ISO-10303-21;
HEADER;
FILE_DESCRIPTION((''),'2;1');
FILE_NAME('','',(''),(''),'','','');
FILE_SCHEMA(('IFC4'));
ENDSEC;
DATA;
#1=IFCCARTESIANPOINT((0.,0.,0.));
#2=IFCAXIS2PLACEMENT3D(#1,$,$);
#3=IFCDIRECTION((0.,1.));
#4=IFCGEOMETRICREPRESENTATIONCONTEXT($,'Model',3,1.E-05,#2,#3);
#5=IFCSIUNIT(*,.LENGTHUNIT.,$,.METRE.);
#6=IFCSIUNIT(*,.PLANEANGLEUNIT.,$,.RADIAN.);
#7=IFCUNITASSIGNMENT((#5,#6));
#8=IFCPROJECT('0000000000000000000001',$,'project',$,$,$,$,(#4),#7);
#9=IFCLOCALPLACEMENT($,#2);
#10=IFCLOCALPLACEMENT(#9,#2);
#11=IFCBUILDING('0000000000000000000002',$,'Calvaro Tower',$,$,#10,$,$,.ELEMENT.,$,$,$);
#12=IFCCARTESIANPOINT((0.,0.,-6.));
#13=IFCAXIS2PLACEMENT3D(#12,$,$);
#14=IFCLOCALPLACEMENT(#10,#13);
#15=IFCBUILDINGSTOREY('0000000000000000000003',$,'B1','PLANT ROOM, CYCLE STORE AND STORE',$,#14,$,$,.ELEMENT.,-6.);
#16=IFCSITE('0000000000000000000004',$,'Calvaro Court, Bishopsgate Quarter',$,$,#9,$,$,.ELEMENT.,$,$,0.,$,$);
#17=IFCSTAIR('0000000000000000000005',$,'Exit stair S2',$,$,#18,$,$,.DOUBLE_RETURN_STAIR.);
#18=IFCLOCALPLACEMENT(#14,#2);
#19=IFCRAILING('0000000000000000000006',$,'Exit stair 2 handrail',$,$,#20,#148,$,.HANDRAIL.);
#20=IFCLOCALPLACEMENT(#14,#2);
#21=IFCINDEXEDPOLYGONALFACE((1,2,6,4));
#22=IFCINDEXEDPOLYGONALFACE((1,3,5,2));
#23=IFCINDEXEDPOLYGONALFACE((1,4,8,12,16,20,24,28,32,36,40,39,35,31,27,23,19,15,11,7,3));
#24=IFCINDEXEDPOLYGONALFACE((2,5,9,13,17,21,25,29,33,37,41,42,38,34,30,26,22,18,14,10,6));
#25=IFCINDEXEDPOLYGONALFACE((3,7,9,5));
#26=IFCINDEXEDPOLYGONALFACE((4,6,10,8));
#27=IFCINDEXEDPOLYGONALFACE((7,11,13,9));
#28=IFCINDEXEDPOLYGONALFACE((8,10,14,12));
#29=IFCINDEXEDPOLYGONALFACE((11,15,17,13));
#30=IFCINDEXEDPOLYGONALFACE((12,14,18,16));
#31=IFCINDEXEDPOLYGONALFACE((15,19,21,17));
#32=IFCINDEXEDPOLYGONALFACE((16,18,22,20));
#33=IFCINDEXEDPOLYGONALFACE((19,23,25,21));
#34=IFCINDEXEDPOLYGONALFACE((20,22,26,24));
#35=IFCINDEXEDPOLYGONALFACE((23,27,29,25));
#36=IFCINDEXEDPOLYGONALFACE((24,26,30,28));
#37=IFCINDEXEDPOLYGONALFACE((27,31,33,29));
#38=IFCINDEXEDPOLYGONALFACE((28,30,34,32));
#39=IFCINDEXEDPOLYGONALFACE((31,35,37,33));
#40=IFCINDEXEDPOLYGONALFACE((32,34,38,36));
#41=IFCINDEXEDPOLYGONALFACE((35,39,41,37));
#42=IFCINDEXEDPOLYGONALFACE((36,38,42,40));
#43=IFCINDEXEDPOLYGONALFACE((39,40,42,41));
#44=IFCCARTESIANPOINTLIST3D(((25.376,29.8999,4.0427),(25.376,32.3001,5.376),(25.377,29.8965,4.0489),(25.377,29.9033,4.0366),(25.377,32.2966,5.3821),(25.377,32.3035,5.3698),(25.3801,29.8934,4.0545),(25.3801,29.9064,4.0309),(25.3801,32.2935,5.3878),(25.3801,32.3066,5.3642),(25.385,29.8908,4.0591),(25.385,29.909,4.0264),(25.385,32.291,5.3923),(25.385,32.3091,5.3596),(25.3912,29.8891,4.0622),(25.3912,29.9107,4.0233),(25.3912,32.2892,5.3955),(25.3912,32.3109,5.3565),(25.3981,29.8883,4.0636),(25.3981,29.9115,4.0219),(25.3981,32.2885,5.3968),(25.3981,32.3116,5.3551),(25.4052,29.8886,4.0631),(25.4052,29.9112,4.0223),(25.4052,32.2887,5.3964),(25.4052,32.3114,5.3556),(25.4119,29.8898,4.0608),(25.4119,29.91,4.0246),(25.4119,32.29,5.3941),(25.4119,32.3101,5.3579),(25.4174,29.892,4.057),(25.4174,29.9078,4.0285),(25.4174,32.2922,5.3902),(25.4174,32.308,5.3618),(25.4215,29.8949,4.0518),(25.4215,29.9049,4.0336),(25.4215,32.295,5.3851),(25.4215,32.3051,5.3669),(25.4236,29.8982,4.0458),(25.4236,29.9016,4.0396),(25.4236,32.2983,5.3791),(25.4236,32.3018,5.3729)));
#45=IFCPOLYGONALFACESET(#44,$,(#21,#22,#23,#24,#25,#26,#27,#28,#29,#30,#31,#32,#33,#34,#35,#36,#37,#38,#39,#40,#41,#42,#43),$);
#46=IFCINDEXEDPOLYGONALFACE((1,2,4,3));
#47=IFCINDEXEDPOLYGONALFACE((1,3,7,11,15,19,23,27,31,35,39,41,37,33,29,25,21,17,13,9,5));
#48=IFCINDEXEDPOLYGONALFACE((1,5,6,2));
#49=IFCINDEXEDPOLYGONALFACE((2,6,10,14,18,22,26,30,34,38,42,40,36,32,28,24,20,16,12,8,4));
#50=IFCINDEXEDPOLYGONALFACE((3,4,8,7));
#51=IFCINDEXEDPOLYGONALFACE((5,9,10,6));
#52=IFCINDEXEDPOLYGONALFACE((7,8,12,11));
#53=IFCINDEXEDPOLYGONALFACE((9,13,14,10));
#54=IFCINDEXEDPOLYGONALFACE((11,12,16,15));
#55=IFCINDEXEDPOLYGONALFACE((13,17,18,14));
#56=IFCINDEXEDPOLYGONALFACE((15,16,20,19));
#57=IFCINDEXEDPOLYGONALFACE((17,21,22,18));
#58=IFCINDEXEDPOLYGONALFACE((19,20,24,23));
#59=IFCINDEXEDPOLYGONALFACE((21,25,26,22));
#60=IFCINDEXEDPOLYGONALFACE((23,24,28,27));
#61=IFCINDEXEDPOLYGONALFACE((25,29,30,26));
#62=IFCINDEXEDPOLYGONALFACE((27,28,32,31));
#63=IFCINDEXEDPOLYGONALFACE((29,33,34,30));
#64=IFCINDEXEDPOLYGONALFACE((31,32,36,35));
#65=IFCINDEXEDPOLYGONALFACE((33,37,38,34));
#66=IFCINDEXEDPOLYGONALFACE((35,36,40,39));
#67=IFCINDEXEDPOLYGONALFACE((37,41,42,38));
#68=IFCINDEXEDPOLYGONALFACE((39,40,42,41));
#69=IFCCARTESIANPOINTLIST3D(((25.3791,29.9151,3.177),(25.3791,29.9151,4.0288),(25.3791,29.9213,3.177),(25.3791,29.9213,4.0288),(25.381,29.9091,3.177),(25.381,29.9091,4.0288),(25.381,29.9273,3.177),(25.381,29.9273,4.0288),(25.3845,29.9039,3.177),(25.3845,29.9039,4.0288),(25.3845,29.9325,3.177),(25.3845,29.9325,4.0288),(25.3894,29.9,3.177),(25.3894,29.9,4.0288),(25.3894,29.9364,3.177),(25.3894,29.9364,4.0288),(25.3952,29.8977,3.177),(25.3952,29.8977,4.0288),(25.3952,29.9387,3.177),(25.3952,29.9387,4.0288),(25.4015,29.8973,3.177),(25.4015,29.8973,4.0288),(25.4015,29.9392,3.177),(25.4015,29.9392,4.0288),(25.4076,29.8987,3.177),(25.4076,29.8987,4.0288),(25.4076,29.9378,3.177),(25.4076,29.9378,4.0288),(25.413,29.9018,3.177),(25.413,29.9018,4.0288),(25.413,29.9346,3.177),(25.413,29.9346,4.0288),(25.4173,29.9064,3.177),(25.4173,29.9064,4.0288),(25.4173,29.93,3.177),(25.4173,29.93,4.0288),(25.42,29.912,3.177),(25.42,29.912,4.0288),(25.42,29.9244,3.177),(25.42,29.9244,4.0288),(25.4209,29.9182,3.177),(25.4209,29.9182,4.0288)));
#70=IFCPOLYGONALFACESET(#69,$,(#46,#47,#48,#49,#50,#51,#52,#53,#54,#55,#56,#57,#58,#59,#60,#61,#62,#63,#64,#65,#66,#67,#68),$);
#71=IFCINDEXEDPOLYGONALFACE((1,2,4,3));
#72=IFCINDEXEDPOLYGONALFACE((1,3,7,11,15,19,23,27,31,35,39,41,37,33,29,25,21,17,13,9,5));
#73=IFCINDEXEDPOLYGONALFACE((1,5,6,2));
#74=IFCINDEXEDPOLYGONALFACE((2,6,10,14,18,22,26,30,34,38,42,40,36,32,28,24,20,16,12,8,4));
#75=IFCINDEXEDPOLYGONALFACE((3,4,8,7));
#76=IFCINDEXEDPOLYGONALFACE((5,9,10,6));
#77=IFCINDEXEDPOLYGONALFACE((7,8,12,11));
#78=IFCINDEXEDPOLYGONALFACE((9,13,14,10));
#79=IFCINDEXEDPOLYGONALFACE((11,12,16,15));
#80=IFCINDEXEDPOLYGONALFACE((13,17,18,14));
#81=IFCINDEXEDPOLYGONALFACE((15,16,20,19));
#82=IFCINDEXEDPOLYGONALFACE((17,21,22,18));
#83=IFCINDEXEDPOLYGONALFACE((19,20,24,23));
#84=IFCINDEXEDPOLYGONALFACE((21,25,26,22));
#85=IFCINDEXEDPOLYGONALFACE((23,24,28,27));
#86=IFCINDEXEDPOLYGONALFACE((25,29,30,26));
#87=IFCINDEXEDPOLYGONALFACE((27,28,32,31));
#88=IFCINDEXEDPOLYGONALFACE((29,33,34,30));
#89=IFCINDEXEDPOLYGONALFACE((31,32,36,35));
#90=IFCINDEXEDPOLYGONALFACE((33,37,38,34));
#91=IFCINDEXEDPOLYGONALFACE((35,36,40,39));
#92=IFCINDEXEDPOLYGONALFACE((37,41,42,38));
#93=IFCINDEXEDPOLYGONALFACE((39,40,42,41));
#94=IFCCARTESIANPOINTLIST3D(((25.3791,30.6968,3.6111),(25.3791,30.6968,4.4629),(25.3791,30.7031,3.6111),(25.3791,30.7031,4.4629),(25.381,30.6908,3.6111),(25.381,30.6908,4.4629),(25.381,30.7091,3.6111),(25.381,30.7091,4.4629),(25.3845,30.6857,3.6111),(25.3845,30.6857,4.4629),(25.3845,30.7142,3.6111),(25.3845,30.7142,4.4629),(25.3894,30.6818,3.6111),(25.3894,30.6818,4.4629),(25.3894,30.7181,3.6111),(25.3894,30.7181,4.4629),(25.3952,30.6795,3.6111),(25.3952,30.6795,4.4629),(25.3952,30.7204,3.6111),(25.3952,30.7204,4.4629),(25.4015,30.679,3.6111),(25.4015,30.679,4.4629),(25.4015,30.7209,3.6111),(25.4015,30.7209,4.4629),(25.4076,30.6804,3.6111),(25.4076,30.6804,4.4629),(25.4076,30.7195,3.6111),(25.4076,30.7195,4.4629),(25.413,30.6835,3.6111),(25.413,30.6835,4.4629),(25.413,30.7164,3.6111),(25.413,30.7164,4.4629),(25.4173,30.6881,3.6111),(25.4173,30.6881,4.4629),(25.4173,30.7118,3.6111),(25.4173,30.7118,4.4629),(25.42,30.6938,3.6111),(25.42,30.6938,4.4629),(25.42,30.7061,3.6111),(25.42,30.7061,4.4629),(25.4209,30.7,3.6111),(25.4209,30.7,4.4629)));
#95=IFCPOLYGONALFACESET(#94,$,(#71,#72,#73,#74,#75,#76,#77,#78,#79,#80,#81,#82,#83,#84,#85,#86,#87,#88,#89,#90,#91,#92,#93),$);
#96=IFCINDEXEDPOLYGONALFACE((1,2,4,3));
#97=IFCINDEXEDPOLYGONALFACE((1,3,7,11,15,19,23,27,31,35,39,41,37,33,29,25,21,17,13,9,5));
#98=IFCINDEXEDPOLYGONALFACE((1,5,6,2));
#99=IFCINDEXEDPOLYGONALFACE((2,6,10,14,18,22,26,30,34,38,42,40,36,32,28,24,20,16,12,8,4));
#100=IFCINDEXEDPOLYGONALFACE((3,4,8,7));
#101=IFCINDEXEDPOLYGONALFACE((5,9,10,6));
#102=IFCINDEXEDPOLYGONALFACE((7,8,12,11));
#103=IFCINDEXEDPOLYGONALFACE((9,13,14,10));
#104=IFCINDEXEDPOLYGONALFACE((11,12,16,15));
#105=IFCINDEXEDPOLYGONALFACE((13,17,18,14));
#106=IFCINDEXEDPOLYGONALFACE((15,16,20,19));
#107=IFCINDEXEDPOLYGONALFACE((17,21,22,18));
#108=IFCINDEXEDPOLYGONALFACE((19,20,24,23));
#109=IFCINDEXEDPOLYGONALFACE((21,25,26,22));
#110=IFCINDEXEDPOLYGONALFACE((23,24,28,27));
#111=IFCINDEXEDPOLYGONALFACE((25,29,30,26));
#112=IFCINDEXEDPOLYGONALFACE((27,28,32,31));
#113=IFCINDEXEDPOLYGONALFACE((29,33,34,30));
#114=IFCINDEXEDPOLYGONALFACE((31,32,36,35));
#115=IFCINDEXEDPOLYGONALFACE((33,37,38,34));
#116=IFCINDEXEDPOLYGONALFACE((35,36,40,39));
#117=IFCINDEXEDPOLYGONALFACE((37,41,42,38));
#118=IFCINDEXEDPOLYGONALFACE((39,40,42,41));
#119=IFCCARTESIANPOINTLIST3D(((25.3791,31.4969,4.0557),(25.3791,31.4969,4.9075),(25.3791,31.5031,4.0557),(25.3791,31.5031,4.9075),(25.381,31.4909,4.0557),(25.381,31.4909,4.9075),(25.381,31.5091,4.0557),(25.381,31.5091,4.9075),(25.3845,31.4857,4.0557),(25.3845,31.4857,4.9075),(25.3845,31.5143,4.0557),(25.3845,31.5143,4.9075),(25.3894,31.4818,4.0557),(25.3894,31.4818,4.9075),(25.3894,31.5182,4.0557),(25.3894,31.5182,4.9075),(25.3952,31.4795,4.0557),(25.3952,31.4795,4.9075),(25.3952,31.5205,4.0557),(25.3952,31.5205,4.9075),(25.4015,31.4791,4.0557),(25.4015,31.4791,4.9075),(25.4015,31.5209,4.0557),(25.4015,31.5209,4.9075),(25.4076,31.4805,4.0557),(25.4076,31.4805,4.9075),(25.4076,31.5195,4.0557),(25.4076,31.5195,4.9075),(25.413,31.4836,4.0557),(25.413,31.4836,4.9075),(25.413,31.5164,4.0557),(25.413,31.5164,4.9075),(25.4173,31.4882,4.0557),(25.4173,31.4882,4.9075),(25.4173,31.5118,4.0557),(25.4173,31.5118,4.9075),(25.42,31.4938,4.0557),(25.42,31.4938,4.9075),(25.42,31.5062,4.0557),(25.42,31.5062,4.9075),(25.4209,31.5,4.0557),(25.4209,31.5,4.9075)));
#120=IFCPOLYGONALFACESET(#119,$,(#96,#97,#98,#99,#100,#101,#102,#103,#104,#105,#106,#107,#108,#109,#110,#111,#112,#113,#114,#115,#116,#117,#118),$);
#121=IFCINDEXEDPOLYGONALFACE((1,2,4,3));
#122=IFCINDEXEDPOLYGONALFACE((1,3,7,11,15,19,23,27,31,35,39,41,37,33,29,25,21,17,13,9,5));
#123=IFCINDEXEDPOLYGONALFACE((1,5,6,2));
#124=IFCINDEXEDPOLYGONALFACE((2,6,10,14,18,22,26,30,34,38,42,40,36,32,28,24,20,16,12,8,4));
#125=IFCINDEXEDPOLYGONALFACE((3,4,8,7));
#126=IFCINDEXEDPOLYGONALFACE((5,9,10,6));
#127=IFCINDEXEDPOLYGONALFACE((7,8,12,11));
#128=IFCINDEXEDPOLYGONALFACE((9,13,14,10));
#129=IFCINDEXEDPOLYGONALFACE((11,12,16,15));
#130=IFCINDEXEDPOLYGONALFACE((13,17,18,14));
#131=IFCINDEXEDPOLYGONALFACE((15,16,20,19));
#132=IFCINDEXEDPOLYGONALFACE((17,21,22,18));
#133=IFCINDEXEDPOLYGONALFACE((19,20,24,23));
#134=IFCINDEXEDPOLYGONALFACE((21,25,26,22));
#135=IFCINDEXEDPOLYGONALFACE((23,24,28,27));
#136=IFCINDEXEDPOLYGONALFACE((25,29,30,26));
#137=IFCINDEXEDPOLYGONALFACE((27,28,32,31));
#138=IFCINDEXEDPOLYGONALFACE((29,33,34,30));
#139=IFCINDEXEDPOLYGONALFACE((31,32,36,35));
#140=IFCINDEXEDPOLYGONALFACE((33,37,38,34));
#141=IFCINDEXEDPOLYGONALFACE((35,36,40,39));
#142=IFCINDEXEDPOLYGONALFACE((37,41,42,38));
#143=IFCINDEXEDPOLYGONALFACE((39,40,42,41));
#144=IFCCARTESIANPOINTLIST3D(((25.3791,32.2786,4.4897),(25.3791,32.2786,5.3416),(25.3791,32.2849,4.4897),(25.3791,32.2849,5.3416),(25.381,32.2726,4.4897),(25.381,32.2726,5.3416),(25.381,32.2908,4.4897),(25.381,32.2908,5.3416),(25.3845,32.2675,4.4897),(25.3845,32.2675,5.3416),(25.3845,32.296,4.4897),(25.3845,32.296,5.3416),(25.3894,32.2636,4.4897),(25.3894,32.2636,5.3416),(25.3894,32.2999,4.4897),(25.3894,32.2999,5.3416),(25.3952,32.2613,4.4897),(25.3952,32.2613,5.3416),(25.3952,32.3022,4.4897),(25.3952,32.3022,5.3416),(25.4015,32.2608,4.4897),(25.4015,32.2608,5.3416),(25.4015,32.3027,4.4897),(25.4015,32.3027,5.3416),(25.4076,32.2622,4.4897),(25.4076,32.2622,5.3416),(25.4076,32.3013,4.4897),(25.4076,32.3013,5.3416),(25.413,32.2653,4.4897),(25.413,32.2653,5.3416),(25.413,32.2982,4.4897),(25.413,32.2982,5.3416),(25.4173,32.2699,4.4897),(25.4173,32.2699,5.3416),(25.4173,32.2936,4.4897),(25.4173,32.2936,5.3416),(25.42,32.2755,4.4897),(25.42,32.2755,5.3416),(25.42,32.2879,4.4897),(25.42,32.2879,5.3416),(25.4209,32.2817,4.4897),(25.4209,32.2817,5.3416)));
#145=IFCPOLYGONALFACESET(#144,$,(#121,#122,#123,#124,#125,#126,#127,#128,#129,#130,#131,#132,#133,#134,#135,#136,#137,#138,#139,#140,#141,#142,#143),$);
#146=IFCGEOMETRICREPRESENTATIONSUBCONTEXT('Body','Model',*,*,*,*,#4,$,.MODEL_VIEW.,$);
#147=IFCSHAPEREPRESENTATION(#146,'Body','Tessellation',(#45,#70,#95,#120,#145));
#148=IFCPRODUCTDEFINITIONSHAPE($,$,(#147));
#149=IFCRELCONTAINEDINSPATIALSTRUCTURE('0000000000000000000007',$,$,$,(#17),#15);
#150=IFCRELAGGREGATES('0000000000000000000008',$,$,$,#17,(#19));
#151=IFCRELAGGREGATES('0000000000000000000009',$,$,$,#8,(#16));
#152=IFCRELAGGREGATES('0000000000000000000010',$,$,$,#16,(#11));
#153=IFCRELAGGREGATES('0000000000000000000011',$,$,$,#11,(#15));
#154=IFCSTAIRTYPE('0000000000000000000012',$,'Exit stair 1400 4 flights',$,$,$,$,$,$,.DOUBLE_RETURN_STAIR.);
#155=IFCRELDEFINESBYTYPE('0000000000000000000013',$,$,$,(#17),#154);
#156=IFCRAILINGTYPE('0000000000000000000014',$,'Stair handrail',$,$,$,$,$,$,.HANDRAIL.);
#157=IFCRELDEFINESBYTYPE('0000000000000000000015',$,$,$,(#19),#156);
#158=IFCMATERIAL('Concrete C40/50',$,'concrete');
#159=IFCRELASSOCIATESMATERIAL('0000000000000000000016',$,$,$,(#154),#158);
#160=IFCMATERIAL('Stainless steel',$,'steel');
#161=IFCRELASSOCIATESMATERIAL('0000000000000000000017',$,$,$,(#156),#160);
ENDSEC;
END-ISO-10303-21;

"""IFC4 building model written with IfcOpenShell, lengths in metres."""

from ifc_helpers import new_model, si_unit, direction, frame, origin, origin_2d, place, context, subcontext, project, spatial, circle, extrude, material, type_object, element, aggregate, save


model = new_model("IFC4")

# Units and contexts
model_context = context("Model", 3, precision=1e-05, world=origin(), true_north=direction((0.0, 1.0)))
body_context = subcontext(model_context, "Body", "Model", "MODEL_VIEW")
ifc_project = project(units=[si_unit("LENGTHUNIT", "METRE"), si_unit("PLANEANGLEUNIT", "RADIAN")], contexts=[model_context])

# Site, building, storey
site_placement = place(None, origin())
site = spatial("IfcSite", under=ifc_project, at=site_placement, Name="Calvaro Court, Bishopsgate Quarter", CompositionType="ELEMENT", RefElevation=0.0)
building_placement = place(site_placement, origin())
building = spatial("IfcBuilding", under=site, at=building_placement, Name="Calvaro Tower", CompositionType="ELEMENT")
storey_placement = place(building_placement, frame((0.0, 0.0, -6.0)))
storey = spatial("IfcBuildingStorey", under=building, at=storey_placement, Name="B1", Description="PLANT ROOM, CYCLE STORE AND STORE", CompositionType="ELEMENT", Elevation=-6.0)

# Stair, railing
ifc_material_1 = material(Name="Concrete C40/50", Category="concrete")
stair_type = type_object("IfcStairType", Name="Exit stair 1400 4 flights", PredefinedType="DOUBLE_RETURN_STAIR", material=ifc_material_1)
stair_placement = place(storey_placement, origin())
stair = element("IfcStair", 1, at=stair_placement, inside=storey, type_object=stair_type, Name="Exit stair S2", PredefinedType="DOUBLE_RETURN_STAIR")
ifc_material_2 = material(Name="Stainless steel", Category="steel")
railing_type = type_object("IfcRailingType", Name="Stair handrail", PredefinedType="HANDRAIL", material=ifc_material_2)
railing_1_placement = place(storey_placement, frame((25.3999, 29.8999, 3.1667)))
railing_1 = element("IfcRailing", 2, at=railing_1_placement, type_object=railing_type, Name="Exit stair 2 handrail", PredefinedType="HANDRAIL", context=body_context, shape_type="SweptSolid", body=[
    extrude(circle(Radius=0.0239, at=origin_2d()), frame((0.0, 0.0, 0.876), z_axis=(0.0, 0.874182, 0.485598), x_axis=(-1.0, 0.0, 0.0)), (0.0, 0.0, 1.0), 2.7456),
    extrude(circle(Radius=0.021, at=origin_2d()), frame((0.0, 0.0183, 0.0103)), (0.0, 0.0, 1.0), 0.8518),
    extrude(circle(Radius=0.021, at=origin_2d()), frame((0.0, 0.8, 0.4443)), (0.0, 0.0, 1.0), 0.8518),
    extrude(circle(Radius=0.021, at=origin_2d()), frame((0.0, 1.6001, 0.8889)), (0.0, 0.0, 1.0), 0.8518),
    extrude(circle(Radius=0.021, at=origin_2d()), frame((0.0, 2.3818, 1.323)), (0.0, 0.0, 1.0), 0.8518),
])
aggregate(stair, [railing_1])

save(model, "model.ifc")
